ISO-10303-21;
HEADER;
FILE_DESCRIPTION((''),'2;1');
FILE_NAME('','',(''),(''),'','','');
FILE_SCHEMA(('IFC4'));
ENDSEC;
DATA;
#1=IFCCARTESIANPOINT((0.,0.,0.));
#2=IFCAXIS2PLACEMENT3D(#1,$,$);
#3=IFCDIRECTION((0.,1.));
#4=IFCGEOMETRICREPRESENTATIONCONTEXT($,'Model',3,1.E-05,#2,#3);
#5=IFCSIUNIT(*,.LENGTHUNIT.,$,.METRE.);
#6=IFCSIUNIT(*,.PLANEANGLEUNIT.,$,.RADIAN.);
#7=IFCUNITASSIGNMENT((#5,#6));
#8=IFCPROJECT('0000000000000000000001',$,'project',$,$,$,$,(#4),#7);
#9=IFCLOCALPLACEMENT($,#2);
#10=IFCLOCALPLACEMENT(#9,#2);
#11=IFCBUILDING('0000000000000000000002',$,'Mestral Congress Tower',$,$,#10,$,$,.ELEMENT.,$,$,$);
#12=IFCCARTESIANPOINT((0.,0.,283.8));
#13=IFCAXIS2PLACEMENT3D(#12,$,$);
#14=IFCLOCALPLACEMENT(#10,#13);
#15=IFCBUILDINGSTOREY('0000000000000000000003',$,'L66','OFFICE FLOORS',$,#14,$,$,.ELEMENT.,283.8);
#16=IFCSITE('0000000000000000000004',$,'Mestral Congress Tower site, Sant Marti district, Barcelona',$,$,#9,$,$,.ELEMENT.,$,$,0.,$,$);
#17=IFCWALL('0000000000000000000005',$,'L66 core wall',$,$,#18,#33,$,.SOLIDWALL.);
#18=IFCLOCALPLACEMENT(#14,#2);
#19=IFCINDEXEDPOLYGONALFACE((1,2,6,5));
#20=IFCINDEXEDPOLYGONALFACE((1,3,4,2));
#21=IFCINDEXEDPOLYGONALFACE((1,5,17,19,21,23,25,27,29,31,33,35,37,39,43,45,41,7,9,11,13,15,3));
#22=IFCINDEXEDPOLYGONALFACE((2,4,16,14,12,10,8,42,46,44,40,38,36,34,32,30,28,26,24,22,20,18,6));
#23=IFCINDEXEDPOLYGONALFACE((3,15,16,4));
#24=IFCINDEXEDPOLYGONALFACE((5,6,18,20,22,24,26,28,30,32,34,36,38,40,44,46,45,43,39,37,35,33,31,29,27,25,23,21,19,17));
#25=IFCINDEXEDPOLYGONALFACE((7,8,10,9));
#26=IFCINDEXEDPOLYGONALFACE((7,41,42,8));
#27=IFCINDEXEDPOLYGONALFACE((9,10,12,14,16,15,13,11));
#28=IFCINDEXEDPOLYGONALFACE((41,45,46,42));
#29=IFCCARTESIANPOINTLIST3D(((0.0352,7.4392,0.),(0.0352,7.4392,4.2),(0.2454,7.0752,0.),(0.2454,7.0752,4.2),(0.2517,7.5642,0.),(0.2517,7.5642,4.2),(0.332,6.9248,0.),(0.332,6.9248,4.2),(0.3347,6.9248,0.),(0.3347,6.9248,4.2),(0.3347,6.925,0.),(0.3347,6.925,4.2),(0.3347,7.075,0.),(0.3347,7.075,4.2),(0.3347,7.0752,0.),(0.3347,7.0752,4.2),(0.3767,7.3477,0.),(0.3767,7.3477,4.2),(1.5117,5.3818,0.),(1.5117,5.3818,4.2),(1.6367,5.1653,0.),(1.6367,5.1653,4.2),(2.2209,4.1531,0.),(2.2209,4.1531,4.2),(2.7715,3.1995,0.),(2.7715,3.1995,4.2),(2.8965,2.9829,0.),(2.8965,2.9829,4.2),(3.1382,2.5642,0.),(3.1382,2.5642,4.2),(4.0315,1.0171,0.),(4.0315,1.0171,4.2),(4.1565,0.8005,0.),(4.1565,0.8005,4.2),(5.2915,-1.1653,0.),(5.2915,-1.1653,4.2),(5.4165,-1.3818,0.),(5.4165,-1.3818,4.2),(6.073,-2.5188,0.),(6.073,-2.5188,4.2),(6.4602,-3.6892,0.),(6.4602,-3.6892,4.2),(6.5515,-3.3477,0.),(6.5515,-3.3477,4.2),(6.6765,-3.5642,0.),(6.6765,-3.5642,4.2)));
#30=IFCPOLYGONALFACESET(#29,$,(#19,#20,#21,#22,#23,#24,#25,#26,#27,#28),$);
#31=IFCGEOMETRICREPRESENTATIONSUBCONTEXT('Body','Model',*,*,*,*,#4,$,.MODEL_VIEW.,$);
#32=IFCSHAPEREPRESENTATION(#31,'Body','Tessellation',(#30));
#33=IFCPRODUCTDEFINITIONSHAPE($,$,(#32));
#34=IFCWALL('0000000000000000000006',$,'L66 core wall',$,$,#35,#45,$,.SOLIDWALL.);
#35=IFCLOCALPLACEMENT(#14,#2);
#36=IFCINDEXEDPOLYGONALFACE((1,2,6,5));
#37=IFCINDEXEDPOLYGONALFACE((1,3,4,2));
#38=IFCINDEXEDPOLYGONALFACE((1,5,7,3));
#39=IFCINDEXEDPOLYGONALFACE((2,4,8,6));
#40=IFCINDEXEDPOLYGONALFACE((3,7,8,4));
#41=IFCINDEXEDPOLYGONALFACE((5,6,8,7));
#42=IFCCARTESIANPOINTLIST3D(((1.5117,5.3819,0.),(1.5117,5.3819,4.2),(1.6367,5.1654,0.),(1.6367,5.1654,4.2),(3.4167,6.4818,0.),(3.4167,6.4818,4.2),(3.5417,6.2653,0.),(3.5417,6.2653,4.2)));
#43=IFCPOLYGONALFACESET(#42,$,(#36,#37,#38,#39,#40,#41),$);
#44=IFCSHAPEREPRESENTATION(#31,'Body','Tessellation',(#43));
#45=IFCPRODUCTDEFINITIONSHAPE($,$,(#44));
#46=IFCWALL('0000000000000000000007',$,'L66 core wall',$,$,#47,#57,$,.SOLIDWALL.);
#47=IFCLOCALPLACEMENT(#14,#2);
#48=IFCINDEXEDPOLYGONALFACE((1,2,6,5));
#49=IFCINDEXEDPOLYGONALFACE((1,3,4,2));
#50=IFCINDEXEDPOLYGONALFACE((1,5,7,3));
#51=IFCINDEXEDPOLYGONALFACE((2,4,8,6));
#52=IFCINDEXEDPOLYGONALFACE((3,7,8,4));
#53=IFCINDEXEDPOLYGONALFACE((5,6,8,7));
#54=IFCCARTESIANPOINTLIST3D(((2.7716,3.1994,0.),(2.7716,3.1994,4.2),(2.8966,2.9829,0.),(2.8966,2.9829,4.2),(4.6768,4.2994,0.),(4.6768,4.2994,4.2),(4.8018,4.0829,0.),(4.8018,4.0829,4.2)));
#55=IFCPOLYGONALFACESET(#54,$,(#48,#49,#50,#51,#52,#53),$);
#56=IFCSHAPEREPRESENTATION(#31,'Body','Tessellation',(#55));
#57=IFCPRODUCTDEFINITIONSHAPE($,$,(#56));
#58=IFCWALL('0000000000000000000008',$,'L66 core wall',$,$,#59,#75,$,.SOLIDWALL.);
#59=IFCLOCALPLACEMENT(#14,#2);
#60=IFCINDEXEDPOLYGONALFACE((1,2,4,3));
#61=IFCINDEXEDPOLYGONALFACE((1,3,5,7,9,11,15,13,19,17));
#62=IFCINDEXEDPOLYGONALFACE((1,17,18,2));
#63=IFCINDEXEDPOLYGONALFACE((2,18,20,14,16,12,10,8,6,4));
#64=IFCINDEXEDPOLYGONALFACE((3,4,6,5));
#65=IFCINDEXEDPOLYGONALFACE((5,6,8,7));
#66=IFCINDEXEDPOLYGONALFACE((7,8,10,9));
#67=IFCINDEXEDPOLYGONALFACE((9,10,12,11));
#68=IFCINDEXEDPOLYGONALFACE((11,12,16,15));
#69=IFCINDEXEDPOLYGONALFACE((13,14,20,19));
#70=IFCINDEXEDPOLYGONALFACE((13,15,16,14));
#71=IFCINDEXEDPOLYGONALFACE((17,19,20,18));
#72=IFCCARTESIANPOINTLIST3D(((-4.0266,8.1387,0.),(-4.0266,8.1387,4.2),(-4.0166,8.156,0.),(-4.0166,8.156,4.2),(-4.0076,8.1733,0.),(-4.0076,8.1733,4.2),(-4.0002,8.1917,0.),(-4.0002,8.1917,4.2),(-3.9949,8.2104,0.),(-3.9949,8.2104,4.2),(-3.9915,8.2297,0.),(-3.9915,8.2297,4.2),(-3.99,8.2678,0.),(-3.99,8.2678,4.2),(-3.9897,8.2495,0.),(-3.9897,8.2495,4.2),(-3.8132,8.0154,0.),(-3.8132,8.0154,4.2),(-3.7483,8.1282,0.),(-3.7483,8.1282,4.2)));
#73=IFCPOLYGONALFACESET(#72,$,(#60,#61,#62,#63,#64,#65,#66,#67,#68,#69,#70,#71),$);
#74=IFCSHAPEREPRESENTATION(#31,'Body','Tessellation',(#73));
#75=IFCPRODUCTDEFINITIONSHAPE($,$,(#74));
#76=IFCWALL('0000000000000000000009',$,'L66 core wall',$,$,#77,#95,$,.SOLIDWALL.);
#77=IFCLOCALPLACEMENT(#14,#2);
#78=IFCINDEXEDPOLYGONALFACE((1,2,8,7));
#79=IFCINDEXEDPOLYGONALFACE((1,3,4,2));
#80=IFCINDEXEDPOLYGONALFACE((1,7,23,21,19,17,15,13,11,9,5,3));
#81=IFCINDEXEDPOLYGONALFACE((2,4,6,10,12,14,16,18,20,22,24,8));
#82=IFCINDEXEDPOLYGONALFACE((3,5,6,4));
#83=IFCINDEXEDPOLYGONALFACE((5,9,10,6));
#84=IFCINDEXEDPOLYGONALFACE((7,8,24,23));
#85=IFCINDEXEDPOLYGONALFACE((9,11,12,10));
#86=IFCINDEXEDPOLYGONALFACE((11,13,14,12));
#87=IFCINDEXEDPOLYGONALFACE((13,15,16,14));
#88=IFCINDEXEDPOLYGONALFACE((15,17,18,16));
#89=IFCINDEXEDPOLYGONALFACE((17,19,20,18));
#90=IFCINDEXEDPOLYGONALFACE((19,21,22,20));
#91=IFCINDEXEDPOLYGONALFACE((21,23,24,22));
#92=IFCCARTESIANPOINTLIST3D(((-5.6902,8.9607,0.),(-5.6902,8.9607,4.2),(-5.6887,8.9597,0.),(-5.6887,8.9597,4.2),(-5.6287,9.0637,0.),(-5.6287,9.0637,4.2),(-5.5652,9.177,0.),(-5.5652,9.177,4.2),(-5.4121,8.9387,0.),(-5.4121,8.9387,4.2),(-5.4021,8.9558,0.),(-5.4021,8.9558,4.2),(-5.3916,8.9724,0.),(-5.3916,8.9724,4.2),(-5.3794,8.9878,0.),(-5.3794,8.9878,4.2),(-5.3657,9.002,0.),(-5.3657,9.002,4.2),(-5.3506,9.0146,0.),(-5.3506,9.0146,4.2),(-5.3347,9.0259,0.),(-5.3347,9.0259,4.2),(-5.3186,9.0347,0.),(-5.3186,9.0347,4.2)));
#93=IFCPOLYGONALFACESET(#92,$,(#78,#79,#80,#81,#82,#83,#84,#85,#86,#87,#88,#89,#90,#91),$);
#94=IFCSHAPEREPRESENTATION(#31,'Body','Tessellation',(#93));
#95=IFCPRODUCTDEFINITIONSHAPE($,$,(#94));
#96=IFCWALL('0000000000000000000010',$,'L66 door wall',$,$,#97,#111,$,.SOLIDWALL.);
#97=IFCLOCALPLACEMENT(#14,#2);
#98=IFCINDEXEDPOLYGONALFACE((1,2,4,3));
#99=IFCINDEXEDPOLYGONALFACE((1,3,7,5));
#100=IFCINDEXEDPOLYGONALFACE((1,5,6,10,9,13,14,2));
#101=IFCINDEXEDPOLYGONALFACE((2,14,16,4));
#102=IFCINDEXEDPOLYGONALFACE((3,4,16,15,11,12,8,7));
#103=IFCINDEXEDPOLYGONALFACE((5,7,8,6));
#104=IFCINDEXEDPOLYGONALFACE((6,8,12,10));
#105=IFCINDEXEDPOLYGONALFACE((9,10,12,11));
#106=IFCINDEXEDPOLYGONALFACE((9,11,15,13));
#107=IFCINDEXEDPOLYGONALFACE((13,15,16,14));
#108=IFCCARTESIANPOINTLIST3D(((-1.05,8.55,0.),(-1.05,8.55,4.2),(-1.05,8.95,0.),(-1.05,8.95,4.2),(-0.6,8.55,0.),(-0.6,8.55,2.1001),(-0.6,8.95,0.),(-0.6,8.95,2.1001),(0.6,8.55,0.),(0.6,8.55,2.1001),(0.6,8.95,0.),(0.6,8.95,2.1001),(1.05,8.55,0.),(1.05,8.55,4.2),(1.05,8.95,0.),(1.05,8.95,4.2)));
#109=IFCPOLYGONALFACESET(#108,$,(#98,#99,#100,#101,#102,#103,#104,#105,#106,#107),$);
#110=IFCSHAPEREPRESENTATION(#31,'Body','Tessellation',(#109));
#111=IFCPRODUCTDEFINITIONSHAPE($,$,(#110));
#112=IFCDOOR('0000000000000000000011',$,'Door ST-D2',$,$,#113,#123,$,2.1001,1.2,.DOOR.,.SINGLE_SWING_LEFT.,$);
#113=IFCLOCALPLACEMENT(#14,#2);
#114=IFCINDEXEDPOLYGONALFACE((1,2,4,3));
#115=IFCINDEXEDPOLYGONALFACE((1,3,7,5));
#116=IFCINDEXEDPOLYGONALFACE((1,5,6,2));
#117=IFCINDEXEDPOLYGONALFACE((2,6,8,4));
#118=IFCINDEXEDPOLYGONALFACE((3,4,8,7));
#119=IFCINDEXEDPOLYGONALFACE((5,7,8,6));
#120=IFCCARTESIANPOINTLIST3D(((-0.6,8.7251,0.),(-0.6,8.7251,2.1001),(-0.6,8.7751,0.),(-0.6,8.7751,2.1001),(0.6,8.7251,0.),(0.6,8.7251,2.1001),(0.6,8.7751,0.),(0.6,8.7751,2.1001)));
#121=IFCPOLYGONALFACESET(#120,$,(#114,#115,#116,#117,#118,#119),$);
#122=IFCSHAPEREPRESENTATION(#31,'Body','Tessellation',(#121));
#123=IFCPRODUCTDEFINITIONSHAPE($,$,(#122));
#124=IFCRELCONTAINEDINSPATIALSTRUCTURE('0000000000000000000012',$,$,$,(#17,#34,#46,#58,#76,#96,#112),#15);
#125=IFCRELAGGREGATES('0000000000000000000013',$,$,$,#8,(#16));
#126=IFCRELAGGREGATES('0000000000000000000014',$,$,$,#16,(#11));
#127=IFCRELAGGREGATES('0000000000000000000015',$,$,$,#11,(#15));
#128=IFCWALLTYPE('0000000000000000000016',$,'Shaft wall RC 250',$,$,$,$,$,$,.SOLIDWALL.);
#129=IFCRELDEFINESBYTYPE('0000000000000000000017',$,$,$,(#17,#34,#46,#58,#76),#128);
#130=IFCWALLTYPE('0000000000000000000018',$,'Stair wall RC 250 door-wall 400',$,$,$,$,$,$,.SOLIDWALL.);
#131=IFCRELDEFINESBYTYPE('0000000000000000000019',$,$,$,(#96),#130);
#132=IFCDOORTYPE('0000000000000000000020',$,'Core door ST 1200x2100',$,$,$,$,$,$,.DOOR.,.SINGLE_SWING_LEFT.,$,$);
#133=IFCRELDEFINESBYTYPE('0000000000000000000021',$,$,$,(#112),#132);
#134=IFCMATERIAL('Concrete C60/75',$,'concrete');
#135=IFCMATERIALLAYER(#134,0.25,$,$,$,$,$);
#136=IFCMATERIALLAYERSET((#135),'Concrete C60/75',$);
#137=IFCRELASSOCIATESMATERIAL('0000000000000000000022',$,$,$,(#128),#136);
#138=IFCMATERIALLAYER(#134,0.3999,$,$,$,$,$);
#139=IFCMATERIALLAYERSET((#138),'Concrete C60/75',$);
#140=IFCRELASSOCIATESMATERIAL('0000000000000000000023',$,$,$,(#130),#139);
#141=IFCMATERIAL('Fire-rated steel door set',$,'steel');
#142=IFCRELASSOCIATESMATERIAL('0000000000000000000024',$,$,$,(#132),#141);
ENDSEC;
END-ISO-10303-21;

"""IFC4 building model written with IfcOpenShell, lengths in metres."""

from ifc_helpers import new_model, si_unit, direction, frame, frame_2d, origin, place, context, subcontext, project, spatial, polyline, rectangle, outline, extrude, material, layer, layer_set, type_object, element, fill, save


model = new_model("IFC4")

# Units and contexts
model_context = context("Model", 3, precision=1e-05, world=origin(), true_north=direction((0.0, 1.0)))
body_context = subcontext(model_context, "Body", "Model", "MODEL_VIEW")
ifc_project = project(units=[si_unit("LENGTHUNIT", "METRE"), si_unit("PLANEANGLEUNIT", "RADIAN")], contexts=[model_context])

# Site, building, storey
site_placement = place(None, origin())
site = spatial("IfcSite", under=ifc_project, at=site_placement, Name="Mestral Congress Tower site, Sant Marti district, Barcelona", CompositionType="ELEMENT", RefElevation=0.0)
building_placement = place(site_placement, origin())
building = spatial("IfcBuilding", under=site, at=building_placement, Name="Mestral Congress Tower", CompositionType="ELEMENT")
storey_placement = place(building_placement, frame((0.0, 0.0, 283.8)))
storey = spatial("IfcBuildingStorey", under=building, at=storey_placement, Name="L66", Description="OFFICE FLOORS", CompositionType="ELEMENT", Elevation=283.8)

# Shared definitions
ifc_material_1 = material(Name="Fire-rated steel door set", Category="steel")

# Walls
ifc_material_2 = material(Name="Concrete C60/75", Category="concrete")
placement = place(storey_placement, origin())
ifc_layer_1 = layer(ifc_material_2, 0.25)
ifc_layer_set_1 = layer_set([ifc_layer_1], Name="Concrete C60/75")
wall_type_1 = type_object("IfcWallType", Name="Shaft wall RC 250", PredefinedType="SOLIDWALL", material=ifc_layer_set_1)
element("IfcWall", 1, at=placement, inside=storey, type_object=wall_type_1, Name="L66 core wall", PredefinedType="SOLIDWALL", context=body_context, shape_type="SweptSolid", body=[
    extrude(outline(polyline([(0.332, 6.9248), (0.3347, 6.9248), (0.3347, 6.925), (0.3347, 6.925), (0.3347, 7.075), (0.3347, 7.075), (0.3347, 7.0752), (0.2454, 7.0752), (0.0352, 7.4392), (0.2517, 7.5642), (0.3767, 7.3477), (1.5117, 5.3818), (1.6367, 5.1653), (2.2209, 4.1531), (2.7715, 3.1995), (2.8965, 2.9829), (3.1382, 2.5642), (4.0315, 1.0171), (4.1565, 0.8005), (5.2915, -1.1653), (5.4165, -1.3818), (6.073, -2.5188), (6.5515, -3.3477), (6.6765, -3.5642), (6.4602, -3.6892), (0.332, 6.9248)])), origin(), (0.0, 0.0, 1.0), 4.2),
])
wall_1_placement = place(storey_placement, frame((1.5742, 5.2737, 0.0), z_axis=(0.0, 0.0, 1.0), x_axis=(0.866028, 0.499995, 0.0)))
element("IfcWall", 2, at=wall_1_placement, inside=storey, type_object=wall_type_1, Name="L66 core wall", PredefinedType="SOLIDWALL", context=body_context, shape_type="SweptSolid", body=[
    extrude(rectangle(XDim=2.1997, YDim=0.25, at=frame_2d((1.0999, 0.0))), origin(), (0.0, 0.0, 1.0), 4.2),
])
wall_2_placement = place(storey_placement, frame((2.834, 3.0911, 0.0), z_axis=(0.0, 0.0, 1.0), x_axis=(0.866008, 0.50003, 0.0)))
element("IfcWall", 3, at=wall_2_placement, inside=storey, type_object=wall_type_1, Name="L66 core wall", PredefinedType="SOLIDWALL", context=body_context, shape_type="SweptSolid", body=[
    extrude(rectangle(XDim=2.2, YDim=0.25, at=frame_2d((1.1001, 0.0))), origin(), (0.0, 0.0, 1.0), 4.2),
])
element("IfcWall", 4, at=placement, inside=storey, type_object=wall_type_1, Name="L66 core wall", PredefinedType="SOLIDWALL", context=body_context, shape_type="SweptSolid", body=[
    extrude(outline(polyline([(-3.7483, 8.1282), (-3.8132, 8.0154), (-4.0266, 8.1387), (-4.0166, 8.156), (-4.0076, 8.1733), (-4.0002, 8.1917), (-3.9949, 8.2104), (-3.9915, 8.2297), (-3.9897, 8.2495), (-3.99, 8.2678), (-3.7483, 8.1282)])), origin(), (0.0, 0.0, 1.0), 4.2),
])
element("IfcWall", 5, at=placement, inside=storey, type_object=wall_type_1, Name="L66 core wall", PredefinedType="SOLIDWALL", context=body_context, shape_type="SweptSolid", body=[
    extrude(outline(polyline([(-5.6887, 8.9597), (-5.6902, 8.9607), (-5.5652, 9.177), (-5.3186, 9.0347), (-5.3347, 9.0259), (-5.3506, 9.0146), (-5.3657, 9.002), (-5.3794, 8.9878), (-5.3916, 8.9724), (-5.4021, 8.9558), (-5.4121, 8.9387), (-5.6287, 9.0637), (-5.6287, 9.0637), (-5.6887, 8.9597)])), origin(), (0.0, 0.0, 1.0), 4.2),
])

# Wall, opening, door
ifc_layer_2 = layer(ifc_material_2, 0.3999)
ifc_layer_set_2 = layer_set([ifc_layer_2], Name="Concrete C60/75")
wall_type_2 = type_object("IfcWallType", Name="Stair wall RC 250 door-wall 400", PredefinedType="SOLIDWALL", material=ifc_layer_set_2)
wall_3_placement = place(storey_placement, frame((1.05, 8.75, 0.0), z_axis=(0.0, 0.0, 1.0), x_axis=(-1.0, 0.0, 0.0)))
wall_3 = element("IfcWall", 6, at=wall_3_placement, inside=storey, type_object=wall_type_2, Name="L66 door wall", PredefinedType="SOLIDWALL", context=body_context, shape_type="SweptSolid", body=[
    extrude(rectangle(XDim=2.1001, YDim=0.3999, at=frame_2d((1.05, 0.0))), origin(), (0.0, 0.0, 1.0), 4.2),
])
opening_1_placement = place(wall_3_placement, frame((0.45, 0.0, 0.0)))
opening_1 = element("IfcOpeningElement", 7, at=opening_1_placement, cuts=wall_3, PredefinedType="OPENING", context=body_context, shape_type="SweptSolid", body=[
    extrude(rectangle(XDim=1.2, YDim=2.1001, at=frame_2d((0.6001, 1.05))), frame((0.0, 0.21, 0.0), z_axis=(0.0, -1.0, 0.0), x_axis=(1.0, 0.0, 0.0)), (0.0, 0.0, 1.0), 0.4199),
])
door_type_1 = type_object("IfcDoorType", Name="Core door ST 1200x2100", OperationType="SINGLE_SWING_LEFT", PredefinedType="DOOR", material=ifc_material_1)
door_1_placement = place(opening_1_placement, origin())
door_1 = element("IfcDoor", 8, at=door_1_placement, inside=storey, type_object=door_type_1, Name="Door ST-D2", OperationType="SINGLE_SWING_LEFT", OverallHeight=2.1001, OverallWidth=1.2, PredefinedType="DOOR", context=body_context, shape_type="SweptSolid", body=[
    extrude(rectangle(XDim=1.2, YDim=2.1001, at=frame_2d((0.6001, 1.05))), frame((0.0, 0.0249, 0.0), z_axis=(0.0, -1.0, 0.0), x_axis=(1.0, 0.0, 0.0)), (0.0, 0.0, 1.0), 0.05),
])
fill(opening_1, door_1)

save(model, "model.ifc")
